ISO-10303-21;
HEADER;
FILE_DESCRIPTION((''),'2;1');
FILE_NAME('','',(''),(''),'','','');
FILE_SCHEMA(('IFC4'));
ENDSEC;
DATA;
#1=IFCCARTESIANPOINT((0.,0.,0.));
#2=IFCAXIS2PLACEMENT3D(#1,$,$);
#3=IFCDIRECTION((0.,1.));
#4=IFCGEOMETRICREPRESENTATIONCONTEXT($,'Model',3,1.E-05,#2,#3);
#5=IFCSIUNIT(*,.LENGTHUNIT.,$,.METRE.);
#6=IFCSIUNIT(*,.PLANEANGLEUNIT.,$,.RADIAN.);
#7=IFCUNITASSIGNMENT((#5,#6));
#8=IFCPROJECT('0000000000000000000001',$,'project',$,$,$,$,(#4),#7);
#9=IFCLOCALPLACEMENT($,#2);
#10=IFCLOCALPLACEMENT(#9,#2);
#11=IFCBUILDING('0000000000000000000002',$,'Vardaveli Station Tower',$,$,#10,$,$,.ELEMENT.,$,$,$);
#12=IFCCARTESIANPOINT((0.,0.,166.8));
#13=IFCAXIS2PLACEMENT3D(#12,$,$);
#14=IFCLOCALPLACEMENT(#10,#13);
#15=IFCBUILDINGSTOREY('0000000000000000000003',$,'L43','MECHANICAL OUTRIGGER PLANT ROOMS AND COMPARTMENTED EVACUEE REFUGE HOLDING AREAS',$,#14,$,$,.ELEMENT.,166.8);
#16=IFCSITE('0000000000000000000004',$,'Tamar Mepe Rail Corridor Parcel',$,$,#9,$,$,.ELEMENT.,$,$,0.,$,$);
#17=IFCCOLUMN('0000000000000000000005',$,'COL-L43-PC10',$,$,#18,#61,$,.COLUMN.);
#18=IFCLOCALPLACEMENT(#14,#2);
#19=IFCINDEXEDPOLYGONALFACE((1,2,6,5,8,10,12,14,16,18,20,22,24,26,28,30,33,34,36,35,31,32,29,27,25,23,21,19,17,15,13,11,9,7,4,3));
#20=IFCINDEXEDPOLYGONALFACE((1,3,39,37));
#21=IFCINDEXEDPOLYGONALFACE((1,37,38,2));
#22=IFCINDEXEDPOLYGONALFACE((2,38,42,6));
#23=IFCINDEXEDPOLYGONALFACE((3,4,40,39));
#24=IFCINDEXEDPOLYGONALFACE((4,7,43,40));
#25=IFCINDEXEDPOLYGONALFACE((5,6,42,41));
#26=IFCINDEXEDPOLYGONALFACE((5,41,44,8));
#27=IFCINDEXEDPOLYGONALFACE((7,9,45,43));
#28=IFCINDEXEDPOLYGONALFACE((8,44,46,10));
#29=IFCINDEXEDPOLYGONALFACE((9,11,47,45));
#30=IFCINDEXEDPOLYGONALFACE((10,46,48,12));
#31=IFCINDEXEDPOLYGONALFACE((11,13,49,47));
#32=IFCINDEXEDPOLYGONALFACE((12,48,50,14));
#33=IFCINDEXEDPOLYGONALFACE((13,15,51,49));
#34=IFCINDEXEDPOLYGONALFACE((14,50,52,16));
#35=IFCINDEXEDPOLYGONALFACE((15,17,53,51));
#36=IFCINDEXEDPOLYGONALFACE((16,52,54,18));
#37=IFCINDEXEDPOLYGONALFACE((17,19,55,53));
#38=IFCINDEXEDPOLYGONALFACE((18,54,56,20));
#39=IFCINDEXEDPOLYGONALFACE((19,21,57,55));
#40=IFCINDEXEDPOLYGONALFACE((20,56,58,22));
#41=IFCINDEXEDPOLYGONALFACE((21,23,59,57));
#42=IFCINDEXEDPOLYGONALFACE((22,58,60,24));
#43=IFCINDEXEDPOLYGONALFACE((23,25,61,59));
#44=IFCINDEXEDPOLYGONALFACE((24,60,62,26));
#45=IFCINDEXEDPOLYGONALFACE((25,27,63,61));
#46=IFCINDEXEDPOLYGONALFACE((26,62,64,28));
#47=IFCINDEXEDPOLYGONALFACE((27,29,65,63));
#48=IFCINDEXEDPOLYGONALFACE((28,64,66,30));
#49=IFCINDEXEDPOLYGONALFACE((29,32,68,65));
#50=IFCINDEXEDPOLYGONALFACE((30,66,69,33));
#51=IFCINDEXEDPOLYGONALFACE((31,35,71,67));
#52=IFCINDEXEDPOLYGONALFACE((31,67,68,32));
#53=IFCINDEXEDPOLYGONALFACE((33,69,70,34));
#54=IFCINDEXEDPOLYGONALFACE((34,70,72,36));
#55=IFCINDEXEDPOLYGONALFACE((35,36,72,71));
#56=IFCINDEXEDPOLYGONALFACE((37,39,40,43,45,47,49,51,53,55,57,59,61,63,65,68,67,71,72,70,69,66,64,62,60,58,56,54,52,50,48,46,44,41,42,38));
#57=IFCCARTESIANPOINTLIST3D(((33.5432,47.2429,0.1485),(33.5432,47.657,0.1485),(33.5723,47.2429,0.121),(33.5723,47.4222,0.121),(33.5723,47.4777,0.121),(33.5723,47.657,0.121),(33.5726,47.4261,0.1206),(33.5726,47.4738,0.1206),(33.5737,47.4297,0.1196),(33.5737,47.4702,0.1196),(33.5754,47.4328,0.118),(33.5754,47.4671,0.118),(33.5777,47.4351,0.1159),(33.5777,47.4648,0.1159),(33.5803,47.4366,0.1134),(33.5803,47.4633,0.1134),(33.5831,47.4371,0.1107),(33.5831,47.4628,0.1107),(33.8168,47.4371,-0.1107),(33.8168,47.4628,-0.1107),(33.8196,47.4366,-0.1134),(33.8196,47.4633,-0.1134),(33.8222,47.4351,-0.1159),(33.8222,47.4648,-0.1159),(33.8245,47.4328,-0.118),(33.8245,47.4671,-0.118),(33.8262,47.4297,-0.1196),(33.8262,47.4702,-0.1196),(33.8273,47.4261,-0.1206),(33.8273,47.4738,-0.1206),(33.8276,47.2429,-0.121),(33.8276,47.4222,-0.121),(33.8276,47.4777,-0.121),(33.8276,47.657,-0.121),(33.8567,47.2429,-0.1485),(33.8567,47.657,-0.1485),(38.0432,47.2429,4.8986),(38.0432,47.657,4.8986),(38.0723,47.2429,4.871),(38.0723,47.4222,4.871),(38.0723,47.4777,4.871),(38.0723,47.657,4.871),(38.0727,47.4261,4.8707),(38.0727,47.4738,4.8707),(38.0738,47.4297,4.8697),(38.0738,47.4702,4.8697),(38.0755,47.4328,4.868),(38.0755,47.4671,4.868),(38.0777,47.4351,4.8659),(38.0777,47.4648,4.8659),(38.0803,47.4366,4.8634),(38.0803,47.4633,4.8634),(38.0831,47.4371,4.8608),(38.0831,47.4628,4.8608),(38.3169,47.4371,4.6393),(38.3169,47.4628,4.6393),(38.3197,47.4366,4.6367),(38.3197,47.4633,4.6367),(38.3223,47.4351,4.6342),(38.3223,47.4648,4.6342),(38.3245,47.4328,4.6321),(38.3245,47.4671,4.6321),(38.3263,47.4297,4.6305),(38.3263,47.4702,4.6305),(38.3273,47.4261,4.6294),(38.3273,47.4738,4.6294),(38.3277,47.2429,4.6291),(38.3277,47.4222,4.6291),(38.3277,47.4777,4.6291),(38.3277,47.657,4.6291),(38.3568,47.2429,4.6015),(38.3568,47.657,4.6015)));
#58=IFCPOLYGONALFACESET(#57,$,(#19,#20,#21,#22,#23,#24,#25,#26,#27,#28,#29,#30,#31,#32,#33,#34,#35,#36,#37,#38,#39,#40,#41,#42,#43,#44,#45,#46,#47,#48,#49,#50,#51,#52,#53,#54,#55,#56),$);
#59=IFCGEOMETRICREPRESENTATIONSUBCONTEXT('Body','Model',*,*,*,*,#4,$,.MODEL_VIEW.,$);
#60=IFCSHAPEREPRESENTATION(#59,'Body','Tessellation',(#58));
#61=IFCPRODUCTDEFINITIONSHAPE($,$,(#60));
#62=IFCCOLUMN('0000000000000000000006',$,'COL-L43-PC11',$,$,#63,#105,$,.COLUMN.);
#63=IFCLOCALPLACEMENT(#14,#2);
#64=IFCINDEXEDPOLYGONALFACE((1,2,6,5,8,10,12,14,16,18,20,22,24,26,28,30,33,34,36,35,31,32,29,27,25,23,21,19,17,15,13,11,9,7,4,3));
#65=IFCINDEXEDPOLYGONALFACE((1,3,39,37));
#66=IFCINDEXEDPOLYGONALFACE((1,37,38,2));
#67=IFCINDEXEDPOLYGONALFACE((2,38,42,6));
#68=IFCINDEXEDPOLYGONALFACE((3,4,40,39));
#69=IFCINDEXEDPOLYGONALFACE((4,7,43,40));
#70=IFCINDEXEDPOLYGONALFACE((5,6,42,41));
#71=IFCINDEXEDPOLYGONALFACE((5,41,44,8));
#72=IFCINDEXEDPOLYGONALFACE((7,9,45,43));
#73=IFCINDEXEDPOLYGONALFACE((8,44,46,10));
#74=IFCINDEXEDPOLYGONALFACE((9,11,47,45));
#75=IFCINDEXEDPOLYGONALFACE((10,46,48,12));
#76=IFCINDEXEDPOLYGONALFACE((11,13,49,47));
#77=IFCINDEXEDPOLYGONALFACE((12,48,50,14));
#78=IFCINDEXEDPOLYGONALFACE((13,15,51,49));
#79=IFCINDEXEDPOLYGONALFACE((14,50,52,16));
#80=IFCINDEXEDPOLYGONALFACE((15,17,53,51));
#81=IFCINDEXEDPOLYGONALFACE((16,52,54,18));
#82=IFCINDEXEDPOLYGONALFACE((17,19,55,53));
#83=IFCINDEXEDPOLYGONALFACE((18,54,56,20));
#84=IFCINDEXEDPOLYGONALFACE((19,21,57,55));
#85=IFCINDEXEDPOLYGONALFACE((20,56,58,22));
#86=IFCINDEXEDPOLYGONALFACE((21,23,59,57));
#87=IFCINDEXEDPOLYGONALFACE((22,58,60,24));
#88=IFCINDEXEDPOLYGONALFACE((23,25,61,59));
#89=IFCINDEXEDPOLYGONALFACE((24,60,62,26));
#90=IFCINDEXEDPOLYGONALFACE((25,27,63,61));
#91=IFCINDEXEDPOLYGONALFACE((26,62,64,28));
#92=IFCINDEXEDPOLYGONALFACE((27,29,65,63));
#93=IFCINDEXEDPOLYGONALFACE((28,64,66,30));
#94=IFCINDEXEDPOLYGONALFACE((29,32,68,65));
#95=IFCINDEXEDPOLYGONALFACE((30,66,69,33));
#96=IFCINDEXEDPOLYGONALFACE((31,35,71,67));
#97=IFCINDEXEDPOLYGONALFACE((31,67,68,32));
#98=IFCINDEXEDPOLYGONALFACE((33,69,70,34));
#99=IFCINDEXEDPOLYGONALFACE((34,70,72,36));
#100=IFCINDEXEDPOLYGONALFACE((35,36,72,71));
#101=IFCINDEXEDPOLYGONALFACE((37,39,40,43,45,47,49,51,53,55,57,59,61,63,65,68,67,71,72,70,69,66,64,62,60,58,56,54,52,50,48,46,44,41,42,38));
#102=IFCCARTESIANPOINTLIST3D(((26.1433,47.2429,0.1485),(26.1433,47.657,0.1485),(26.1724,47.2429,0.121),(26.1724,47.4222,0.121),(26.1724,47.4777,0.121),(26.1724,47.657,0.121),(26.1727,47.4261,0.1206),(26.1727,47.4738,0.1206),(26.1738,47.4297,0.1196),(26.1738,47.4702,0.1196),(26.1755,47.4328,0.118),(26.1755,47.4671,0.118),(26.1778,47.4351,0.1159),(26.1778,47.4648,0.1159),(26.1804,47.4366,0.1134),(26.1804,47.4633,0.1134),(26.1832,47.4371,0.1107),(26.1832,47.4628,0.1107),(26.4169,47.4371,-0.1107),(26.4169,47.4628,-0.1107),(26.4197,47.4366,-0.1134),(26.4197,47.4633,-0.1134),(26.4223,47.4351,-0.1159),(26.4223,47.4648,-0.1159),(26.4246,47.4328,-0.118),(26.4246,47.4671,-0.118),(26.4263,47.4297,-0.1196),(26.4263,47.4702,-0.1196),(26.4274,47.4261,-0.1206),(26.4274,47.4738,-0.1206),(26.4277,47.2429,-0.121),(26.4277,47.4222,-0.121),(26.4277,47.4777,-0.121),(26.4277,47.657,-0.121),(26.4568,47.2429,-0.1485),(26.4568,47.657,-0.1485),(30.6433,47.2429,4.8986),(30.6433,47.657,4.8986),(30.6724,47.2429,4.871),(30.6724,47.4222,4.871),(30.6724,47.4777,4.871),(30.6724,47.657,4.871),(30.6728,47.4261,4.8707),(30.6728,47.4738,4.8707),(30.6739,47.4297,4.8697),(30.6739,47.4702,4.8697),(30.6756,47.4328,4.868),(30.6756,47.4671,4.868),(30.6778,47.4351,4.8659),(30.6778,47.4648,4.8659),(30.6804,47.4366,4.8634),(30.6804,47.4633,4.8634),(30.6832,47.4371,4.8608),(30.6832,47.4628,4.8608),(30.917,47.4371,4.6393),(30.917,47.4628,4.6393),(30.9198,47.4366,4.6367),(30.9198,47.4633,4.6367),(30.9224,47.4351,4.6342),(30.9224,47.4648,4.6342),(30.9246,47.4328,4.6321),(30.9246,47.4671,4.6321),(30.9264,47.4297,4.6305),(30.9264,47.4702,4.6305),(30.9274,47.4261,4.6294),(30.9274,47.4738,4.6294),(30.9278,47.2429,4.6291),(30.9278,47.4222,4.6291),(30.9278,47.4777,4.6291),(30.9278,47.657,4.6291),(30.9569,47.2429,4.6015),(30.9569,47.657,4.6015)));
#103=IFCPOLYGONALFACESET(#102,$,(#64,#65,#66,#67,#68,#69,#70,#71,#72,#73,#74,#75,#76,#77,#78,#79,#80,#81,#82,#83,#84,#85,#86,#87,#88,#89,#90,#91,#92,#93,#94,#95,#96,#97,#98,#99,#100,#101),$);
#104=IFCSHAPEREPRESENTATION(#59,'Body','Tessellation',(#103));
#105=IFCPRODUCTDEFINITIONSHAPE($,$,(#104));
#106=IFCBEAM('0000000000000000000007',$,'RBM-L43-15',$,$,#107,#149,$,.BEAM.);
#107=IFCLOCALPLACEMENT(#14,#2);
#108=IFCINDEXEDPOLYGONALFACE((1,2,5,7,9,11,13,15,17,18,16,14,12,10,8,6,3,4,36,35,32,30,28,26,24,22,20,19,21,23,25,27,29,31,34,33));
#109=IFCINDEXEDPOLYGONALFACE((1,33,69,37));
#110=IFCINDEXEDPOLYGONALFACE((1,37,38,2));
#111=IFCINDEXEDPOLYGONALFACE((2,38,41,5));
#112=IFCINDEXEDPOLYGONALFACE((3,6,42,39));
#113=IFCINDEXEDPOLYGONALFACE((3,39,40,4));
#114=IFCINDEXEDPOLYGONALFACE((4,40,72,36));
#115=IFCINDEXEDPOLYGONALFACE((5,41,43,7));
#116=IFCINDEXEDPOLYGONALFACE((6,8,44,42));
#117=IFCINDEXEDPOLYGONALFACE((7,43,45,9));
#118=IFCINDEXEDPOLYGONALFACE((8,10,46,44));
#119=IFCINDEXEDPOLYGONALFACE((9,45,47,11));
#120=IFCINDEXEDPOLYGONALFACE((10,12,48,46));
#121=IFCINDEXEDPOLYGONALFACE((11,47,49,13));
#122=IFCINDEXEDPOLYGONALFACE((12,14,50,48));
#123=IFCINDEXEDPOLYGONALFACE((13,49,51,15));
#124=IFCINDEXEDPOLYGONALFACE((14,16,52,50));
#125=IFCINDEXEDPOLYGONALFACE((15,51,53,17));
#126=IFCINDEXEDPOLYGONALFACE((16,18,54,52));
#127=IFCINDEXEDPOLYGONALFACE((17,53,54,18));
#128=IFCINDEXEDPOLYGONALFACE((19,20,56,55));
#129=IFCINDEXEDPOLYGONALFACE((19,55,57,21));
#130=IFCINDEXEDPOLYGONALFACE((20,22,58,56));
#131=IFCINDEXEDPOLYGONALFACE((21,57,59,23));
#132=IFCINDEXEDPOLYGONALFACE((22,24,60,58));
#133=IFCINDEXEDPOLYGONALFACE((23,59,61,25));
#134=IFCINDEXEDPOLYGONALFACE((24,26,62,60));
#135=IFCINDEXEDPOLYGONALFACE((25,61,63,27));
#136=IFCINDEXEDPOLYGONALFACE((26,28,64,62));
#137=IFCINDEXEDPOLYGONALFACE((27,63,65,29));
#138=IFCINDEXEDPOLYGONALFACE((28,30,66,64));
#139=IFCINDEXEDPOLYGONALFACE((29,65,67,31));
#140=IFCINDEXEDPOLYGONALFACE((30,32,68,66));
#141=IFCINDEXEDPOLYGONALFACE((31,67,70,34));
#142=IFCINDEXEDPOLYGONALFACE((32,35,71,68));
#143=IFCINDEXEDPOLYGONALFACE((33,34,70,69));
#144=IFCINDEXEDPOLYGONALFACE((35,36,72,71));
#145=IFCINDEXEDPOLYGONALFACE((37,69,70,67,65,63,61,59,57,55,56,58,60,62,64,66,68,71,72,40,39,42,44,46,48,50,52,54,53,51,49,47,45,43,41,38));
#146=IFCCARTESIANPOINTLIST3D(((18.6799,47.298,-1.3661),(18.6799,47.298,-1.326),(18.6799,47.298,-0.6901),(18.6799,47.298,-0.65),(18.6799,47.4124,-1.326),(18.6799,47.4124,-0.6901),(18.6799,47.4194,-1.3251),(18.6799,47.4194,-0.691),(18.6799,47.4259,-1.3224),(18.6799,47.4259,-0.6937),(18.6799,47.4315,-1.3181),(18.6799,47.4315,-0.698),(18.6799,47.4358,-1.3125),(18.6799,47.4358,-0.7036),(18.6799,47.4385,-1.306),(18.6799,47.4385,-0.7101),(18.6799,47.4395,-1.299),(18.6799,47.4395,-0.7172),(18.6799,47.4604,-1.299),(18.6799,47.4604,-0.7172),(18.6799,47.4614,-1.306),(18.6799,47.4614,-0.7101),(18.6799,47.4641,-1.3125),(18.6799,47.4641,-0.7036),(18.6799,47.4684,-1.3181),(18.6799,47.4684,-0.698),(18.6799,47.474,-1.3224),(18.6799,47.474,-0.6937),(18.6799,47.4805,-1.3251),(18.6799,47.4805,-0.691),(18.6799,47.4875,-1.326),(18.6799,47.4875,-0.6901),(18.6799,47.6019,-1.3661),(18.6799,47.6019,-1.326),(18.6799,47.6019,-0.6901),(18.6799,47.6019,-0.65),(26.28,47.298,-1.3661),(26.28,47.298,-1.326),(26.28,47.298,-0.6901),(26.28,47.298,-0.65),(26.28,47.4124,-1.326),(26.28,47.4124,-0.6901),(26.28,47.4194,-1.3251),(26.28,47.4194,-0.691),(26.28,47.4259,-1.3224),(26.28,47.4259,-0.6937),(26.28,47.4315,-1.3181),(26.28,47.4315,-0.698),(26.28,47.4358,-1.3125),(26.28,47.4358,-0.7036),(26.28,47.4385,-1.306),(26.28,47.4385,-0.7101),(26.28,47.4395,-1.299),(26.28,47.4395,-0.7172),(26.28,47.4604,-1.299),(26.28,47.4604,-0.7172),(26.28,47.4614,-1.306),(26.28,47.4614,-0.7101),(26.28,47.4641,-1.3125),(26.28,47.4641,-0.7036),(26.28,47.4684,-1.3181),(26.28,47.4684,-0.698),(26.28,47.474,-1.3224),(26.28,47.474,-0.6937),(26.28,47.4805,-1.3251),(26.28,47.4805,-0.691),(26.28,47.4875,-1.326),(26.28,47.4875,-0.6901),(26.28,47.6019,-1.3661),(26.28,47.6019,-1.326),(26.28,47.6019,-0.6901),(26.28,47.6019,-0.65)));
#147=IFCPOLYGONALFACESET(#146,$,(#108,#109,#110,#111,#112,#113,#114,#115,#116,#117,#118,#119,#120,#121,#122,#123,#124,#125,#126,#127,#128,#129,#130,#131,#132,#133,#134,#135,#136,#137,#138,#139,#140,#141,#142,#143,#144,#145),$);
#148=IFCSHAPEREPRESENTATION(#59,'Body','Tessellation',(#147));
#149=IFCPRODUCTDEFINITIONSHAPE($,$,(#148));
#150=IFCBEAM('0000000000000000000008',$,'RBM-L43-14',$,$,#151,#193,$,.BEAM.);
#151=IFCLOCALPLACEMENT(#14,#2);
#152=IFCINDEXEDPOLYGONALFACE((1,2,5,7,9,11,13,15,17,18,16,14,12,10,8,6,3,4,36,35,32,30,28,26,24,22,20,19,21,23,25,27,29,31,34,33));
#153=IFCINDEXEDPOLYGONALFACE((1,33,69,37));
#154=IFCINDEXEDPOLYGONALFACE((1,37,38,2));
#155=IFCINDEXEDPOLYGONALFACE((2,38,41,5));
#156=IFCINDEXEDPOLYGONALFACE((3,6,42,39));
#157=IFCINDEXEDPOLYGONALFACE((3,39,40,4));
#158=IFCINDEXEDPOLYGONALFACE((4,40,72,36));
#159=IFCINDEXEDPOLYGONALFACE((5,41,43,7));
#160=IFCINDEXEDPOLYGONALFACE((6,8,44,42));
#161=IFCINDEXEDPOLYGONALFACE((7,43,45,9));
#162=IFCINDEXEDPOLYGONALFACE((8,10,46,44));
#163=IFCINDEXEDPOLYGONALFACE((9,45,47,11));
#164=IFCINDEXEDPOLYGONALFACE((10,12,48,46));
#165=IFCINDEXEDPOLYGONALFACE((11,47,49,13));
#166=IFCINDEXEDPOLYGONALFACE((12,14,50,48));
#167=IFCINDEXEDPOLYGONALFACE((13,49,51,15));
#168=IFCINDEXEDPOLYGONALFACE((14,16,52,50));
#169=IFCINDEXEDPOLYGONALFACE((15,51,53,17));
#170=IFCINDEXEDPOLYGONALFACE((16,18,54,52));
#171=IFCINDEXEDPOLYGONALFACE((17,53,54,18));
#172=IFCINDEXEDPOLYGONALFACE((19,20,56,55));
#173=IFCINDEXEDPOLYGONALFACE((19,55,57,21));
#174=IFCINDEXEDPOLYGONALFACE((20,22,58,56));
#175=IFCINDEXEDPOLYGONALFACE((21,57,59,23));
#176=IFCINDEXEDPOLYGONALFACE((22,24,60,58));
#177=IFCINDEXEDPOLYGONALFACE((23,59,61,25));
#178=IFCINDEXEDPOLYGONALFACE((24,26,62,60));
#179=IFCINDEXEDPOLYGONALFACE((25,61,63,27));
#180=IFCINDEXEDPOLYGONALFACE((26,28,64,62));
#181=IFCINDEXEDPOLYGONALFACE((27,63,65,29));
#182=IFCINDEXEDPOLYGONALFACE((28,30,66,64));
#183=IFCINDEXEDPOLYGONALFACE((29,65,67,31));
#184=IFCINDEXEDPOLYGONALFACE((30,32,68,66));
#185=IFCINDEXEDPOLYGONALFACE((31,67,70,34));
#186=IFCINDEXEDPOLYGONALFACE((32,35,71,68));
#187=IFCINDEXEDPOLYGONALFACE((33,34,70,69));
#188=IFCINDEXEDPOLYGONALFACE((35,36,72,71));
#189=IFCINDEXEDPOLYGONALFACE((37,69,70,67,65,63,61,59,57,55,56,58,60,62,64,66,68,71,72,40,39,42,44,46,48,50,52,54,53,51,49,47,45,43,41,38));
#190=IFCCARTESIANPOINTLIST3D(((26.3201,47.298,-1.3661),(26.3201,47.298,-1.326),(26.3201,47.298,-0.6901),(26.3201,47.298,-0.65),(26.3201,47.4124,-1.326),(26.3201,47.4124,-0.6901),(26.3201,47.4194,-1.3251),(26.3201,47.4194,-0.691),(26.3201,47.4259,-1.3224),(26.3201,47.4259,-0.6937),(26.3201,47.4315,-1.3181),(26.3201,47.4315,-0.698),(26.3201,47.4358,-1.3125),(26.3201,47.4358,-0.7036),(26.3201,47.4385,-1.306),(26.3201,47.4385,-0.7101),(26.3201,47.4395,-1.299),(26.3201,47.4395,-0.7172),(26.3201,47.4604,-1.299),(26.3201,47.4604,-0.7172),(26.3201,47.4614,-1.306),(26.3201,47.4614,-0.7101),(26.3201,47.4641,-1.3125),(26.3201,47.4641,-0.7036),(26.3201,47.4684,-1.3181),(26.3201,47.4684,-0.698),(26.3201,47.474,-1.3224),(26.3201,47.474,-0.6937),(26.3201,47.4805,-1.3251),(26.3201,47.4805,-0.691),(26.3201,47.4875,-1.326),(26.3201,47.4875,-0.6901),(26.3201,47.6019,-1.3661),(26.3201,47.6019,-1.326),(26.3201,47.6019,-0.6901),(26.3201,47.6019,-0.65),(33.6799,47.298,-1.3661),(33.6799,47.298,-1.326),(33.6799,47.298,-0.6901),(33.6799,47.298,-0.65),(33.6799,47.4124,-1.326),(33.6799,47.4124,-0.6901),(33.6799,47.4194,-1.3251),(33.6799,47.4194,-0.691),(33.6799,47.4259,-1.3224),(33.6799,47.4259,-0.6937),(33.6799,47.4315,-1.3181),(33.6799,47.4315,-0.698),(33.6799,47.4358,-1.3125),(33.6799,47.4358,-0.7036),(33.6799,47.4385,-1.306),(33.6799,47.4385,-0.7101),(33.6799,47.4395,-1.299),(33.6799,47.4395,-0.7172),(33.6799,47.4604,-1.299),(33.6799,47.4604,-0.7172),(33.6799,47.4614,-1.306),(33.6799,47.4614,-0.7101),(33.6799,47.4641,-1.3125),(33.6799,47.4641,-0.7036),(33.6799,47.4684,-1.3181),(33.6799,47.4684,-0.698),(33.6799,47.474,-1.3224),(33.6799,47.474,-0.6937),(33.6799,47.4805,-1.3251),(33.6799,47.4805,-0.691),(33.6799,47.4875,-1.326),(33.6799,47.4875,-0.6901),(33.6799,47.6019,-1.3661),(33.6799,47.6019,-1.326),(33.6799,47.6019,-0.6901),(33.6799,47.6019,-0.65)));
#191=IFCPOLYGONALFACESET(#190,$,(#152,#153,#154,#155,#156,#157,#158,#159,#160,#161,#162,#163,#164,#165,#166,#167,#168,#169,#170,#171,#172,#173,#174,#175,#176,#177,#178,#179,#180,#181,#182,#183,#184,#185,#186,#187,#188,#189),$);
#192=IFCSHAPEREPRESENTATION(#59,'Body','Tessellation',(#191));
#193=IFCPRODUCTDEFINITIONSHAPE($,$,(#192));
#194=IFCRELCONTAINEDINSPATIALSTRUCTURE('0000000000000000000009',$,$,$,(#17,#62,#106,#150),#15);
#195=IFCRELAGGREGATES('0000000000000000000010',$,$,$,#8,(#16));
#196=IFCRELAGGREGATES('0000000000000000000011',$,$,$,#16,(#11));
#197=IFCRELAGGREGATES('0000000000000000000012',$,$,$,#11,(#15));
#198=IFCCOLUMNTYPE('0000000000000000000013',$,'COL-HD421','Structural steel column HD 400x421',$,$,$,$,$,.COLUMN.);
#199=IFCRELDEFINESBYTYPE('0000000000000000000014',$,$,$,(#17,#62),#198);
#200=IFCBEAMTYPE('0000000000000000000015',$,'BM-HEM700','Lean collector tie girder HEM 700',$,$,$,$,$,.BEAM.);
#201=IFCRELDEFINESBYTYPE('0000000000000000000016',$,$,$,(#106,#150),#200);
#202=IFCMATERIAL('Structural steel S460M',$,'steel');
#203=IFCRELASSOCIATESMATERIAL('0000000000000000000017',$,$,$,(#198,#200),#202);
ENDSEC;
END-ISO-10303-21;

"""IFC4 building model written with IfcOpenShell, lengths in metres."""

from ifc_helpers import new_model, si_unit, direction, frame, origin, origin_2d, place, context, subcontext, project, spatial, i_section, extrude, source, transform, mapped, material, material_profile, profile_set, type_object, element, save


model = new_model("IFC4")

# Units and contexts
model_context = context("Model", 3, precision=1e-05, world=origin(), true_north=direction((0.0, 1.0)))
body_context = subcontext(model_context, "Body", "Model", "MODEL_VIEW")
ifc_project = project(units=[si_unit("LENGTHUNIT", "METRE"), si_unit("PLANEANGLEUNIT", "RADIAN")], contexts=[model_context])

# Site, building, storey
site_placement = place(None, origin())
site = spatial("IfcSite", under=ifc_project, at=site_placement, Name="Tamar Mepe Rail Corridor Parcel", CompositionType="ELEMENT", RefElevation=0.0)
building_placement = place(site_placement, origin())
building = spatial("IfcBuilding", under=site, at=building_placement, Name="Vardaveli Station Tower", CompositionType="ELEMENT")
storey_placement = place(building_placement, frame((0.0, 0.0, 166.8)))
storey = spatial("IfcBuildingStorey", under=building, at=storey_placement, Name="L43", Description="MECHANICAL OUTRIGGER PLANT ROOMS AND COMPARTMENTED EVACUEE REFUGE HOLDING AREAS", CompositionType="ELEMENT", Elevation=166.8)

# Columns
ifc_material_1 = material(Name="Structural steel S460M", Category="steel")
ifc_material_profile_1 = material_profile(ifc_material_1, i_section(OverallWidth=0.4141, OverallDepth=0.4319, WebThickness=0.0256, FlangeThickness=0.04, FilletRadius=0.0149, at=origin_2d()), Name="HD 400x421")
ifc_profile_set_1 = profile_set([ifc_material_profile_1], Name="Structural steel S460M")
column_type = type_object("IfcColumnType", Name="COL-HD421", Description="Structural steel column HD 400x421", PredefinedType="COLUMN", material=ifc_profile_set_1)
shared_shape_1 = source(origin(), body_context, "Body", "SweptSolid", [
    extrude(i_section(OverallWidth=0.4141, OverallDepth=0.4319, WebThickness=0.0256, FlangeThickness=0.04, FilletRadius=0.0149, at=origin_2d()), origin(), (0.0, 0.0, 1.0), 6.5432),
])
for number, where, z_axis, x_axis, name in (
    (1, (33.7, 47.45, 0.0), (0.687745, 0.0, 0.725953), (0.0, 1.0, 0.0), "COL-L43-PC10"),
    (2, (26.3, 47.45, 0.0), (0.687745, 0.0, 0.725953), (0.0, 1.0, 0.0), "COL-L43-PC11"),
):
    element("IfcColumn", number, at=place(storey_placement, frame(where, z_axis=z_axis, x_axis=x_axis)), inside=storey, type_object=column_type, Name=name, PredefinedType="COLUMN", context=body_context, shape_type="MappedRepresentation", body=[
        mapped(shared_shape_1, transform((0.0, 0.0, 0.0), scale=1.0)),
    ])

# Beams
ifc_material_profile_2 = material_profile(ifc_material_1, i_section(OverallWidth=0.304, OverallDepth=0.7161, WebThickness=0.021, FlangeThickness=0.04, FilletRadius=0.0271, at=origin_2d()), Name="HEM 700")
ifc_profile_set_2 = profile_set([ifc_material_profile_2], Name="Structural steel S460M")
beam_type = type_object("IfcBeamType", Name="BM-HEM700", Description="Lean collector tie girder HEM 700", PredefinedType="BEAM", material=ifc_profile_set_2)
shared_shape_2 = source(origin(), body_context, "Body", "SweptSolid", [
    extrude(i_section(OverallWidth=0.304, OverallDepth=0.7161, WebThickness=0.021, FlangeThickness=0.04, FilletRadius=0.0271, at=origin_2d()), origin(), (0.0, 0.0, 1.0), 7.6001),
])
beam_1_placement = place(storey_placement, frame((26.28, 47.45, -1.0081), z_axis=(-1.0, 0.0, 0.0), x_axis=(0.0, -1.0, 0.0)))
element("IfcBeam", 3, at=beam_1_placement, inside=storey, type_object=beam_type, Name="RBM-L43-15", PredefinedType="BEAM", context=body_context, shape_type="MappedRepresentation", body=[
    mapped(shared_shape_2, transform((0.0, 0.0, 0.0), scale=1.0)),
])
shared_shape_3 = source(origin(), body_context, "Body", "SweptSolid", [
    extrude(i_section(OverallWidth=0.304, OverallDepth=0.7161, WebThickness=0.021, FlangeThickness=0.04, FilletRadius=0.0271, at=origin_2d()), origin(), (0.0, 0.0, 1.0), 7.3599),
])
beam_2_placement = place(storey_placement, frame((33.6799, 47.45, -1.0081), z_axis=(-1.0, 0.0, 0.0), x_axis=(0.0, -1.0, 0.0)))
element("IfcBeam", 4, at=beam_2_placement, inside=storey, type_object=beam_type, Name="RBM-L43-14", PredefinedType="BEAM", context=body_context, shape_type="MappedRepresentation", body=[
    mapped(shared_shape_3, transform((0.0, 0.0, 0.0), scale=1.0)),
])

save(model, "model.ifc")
